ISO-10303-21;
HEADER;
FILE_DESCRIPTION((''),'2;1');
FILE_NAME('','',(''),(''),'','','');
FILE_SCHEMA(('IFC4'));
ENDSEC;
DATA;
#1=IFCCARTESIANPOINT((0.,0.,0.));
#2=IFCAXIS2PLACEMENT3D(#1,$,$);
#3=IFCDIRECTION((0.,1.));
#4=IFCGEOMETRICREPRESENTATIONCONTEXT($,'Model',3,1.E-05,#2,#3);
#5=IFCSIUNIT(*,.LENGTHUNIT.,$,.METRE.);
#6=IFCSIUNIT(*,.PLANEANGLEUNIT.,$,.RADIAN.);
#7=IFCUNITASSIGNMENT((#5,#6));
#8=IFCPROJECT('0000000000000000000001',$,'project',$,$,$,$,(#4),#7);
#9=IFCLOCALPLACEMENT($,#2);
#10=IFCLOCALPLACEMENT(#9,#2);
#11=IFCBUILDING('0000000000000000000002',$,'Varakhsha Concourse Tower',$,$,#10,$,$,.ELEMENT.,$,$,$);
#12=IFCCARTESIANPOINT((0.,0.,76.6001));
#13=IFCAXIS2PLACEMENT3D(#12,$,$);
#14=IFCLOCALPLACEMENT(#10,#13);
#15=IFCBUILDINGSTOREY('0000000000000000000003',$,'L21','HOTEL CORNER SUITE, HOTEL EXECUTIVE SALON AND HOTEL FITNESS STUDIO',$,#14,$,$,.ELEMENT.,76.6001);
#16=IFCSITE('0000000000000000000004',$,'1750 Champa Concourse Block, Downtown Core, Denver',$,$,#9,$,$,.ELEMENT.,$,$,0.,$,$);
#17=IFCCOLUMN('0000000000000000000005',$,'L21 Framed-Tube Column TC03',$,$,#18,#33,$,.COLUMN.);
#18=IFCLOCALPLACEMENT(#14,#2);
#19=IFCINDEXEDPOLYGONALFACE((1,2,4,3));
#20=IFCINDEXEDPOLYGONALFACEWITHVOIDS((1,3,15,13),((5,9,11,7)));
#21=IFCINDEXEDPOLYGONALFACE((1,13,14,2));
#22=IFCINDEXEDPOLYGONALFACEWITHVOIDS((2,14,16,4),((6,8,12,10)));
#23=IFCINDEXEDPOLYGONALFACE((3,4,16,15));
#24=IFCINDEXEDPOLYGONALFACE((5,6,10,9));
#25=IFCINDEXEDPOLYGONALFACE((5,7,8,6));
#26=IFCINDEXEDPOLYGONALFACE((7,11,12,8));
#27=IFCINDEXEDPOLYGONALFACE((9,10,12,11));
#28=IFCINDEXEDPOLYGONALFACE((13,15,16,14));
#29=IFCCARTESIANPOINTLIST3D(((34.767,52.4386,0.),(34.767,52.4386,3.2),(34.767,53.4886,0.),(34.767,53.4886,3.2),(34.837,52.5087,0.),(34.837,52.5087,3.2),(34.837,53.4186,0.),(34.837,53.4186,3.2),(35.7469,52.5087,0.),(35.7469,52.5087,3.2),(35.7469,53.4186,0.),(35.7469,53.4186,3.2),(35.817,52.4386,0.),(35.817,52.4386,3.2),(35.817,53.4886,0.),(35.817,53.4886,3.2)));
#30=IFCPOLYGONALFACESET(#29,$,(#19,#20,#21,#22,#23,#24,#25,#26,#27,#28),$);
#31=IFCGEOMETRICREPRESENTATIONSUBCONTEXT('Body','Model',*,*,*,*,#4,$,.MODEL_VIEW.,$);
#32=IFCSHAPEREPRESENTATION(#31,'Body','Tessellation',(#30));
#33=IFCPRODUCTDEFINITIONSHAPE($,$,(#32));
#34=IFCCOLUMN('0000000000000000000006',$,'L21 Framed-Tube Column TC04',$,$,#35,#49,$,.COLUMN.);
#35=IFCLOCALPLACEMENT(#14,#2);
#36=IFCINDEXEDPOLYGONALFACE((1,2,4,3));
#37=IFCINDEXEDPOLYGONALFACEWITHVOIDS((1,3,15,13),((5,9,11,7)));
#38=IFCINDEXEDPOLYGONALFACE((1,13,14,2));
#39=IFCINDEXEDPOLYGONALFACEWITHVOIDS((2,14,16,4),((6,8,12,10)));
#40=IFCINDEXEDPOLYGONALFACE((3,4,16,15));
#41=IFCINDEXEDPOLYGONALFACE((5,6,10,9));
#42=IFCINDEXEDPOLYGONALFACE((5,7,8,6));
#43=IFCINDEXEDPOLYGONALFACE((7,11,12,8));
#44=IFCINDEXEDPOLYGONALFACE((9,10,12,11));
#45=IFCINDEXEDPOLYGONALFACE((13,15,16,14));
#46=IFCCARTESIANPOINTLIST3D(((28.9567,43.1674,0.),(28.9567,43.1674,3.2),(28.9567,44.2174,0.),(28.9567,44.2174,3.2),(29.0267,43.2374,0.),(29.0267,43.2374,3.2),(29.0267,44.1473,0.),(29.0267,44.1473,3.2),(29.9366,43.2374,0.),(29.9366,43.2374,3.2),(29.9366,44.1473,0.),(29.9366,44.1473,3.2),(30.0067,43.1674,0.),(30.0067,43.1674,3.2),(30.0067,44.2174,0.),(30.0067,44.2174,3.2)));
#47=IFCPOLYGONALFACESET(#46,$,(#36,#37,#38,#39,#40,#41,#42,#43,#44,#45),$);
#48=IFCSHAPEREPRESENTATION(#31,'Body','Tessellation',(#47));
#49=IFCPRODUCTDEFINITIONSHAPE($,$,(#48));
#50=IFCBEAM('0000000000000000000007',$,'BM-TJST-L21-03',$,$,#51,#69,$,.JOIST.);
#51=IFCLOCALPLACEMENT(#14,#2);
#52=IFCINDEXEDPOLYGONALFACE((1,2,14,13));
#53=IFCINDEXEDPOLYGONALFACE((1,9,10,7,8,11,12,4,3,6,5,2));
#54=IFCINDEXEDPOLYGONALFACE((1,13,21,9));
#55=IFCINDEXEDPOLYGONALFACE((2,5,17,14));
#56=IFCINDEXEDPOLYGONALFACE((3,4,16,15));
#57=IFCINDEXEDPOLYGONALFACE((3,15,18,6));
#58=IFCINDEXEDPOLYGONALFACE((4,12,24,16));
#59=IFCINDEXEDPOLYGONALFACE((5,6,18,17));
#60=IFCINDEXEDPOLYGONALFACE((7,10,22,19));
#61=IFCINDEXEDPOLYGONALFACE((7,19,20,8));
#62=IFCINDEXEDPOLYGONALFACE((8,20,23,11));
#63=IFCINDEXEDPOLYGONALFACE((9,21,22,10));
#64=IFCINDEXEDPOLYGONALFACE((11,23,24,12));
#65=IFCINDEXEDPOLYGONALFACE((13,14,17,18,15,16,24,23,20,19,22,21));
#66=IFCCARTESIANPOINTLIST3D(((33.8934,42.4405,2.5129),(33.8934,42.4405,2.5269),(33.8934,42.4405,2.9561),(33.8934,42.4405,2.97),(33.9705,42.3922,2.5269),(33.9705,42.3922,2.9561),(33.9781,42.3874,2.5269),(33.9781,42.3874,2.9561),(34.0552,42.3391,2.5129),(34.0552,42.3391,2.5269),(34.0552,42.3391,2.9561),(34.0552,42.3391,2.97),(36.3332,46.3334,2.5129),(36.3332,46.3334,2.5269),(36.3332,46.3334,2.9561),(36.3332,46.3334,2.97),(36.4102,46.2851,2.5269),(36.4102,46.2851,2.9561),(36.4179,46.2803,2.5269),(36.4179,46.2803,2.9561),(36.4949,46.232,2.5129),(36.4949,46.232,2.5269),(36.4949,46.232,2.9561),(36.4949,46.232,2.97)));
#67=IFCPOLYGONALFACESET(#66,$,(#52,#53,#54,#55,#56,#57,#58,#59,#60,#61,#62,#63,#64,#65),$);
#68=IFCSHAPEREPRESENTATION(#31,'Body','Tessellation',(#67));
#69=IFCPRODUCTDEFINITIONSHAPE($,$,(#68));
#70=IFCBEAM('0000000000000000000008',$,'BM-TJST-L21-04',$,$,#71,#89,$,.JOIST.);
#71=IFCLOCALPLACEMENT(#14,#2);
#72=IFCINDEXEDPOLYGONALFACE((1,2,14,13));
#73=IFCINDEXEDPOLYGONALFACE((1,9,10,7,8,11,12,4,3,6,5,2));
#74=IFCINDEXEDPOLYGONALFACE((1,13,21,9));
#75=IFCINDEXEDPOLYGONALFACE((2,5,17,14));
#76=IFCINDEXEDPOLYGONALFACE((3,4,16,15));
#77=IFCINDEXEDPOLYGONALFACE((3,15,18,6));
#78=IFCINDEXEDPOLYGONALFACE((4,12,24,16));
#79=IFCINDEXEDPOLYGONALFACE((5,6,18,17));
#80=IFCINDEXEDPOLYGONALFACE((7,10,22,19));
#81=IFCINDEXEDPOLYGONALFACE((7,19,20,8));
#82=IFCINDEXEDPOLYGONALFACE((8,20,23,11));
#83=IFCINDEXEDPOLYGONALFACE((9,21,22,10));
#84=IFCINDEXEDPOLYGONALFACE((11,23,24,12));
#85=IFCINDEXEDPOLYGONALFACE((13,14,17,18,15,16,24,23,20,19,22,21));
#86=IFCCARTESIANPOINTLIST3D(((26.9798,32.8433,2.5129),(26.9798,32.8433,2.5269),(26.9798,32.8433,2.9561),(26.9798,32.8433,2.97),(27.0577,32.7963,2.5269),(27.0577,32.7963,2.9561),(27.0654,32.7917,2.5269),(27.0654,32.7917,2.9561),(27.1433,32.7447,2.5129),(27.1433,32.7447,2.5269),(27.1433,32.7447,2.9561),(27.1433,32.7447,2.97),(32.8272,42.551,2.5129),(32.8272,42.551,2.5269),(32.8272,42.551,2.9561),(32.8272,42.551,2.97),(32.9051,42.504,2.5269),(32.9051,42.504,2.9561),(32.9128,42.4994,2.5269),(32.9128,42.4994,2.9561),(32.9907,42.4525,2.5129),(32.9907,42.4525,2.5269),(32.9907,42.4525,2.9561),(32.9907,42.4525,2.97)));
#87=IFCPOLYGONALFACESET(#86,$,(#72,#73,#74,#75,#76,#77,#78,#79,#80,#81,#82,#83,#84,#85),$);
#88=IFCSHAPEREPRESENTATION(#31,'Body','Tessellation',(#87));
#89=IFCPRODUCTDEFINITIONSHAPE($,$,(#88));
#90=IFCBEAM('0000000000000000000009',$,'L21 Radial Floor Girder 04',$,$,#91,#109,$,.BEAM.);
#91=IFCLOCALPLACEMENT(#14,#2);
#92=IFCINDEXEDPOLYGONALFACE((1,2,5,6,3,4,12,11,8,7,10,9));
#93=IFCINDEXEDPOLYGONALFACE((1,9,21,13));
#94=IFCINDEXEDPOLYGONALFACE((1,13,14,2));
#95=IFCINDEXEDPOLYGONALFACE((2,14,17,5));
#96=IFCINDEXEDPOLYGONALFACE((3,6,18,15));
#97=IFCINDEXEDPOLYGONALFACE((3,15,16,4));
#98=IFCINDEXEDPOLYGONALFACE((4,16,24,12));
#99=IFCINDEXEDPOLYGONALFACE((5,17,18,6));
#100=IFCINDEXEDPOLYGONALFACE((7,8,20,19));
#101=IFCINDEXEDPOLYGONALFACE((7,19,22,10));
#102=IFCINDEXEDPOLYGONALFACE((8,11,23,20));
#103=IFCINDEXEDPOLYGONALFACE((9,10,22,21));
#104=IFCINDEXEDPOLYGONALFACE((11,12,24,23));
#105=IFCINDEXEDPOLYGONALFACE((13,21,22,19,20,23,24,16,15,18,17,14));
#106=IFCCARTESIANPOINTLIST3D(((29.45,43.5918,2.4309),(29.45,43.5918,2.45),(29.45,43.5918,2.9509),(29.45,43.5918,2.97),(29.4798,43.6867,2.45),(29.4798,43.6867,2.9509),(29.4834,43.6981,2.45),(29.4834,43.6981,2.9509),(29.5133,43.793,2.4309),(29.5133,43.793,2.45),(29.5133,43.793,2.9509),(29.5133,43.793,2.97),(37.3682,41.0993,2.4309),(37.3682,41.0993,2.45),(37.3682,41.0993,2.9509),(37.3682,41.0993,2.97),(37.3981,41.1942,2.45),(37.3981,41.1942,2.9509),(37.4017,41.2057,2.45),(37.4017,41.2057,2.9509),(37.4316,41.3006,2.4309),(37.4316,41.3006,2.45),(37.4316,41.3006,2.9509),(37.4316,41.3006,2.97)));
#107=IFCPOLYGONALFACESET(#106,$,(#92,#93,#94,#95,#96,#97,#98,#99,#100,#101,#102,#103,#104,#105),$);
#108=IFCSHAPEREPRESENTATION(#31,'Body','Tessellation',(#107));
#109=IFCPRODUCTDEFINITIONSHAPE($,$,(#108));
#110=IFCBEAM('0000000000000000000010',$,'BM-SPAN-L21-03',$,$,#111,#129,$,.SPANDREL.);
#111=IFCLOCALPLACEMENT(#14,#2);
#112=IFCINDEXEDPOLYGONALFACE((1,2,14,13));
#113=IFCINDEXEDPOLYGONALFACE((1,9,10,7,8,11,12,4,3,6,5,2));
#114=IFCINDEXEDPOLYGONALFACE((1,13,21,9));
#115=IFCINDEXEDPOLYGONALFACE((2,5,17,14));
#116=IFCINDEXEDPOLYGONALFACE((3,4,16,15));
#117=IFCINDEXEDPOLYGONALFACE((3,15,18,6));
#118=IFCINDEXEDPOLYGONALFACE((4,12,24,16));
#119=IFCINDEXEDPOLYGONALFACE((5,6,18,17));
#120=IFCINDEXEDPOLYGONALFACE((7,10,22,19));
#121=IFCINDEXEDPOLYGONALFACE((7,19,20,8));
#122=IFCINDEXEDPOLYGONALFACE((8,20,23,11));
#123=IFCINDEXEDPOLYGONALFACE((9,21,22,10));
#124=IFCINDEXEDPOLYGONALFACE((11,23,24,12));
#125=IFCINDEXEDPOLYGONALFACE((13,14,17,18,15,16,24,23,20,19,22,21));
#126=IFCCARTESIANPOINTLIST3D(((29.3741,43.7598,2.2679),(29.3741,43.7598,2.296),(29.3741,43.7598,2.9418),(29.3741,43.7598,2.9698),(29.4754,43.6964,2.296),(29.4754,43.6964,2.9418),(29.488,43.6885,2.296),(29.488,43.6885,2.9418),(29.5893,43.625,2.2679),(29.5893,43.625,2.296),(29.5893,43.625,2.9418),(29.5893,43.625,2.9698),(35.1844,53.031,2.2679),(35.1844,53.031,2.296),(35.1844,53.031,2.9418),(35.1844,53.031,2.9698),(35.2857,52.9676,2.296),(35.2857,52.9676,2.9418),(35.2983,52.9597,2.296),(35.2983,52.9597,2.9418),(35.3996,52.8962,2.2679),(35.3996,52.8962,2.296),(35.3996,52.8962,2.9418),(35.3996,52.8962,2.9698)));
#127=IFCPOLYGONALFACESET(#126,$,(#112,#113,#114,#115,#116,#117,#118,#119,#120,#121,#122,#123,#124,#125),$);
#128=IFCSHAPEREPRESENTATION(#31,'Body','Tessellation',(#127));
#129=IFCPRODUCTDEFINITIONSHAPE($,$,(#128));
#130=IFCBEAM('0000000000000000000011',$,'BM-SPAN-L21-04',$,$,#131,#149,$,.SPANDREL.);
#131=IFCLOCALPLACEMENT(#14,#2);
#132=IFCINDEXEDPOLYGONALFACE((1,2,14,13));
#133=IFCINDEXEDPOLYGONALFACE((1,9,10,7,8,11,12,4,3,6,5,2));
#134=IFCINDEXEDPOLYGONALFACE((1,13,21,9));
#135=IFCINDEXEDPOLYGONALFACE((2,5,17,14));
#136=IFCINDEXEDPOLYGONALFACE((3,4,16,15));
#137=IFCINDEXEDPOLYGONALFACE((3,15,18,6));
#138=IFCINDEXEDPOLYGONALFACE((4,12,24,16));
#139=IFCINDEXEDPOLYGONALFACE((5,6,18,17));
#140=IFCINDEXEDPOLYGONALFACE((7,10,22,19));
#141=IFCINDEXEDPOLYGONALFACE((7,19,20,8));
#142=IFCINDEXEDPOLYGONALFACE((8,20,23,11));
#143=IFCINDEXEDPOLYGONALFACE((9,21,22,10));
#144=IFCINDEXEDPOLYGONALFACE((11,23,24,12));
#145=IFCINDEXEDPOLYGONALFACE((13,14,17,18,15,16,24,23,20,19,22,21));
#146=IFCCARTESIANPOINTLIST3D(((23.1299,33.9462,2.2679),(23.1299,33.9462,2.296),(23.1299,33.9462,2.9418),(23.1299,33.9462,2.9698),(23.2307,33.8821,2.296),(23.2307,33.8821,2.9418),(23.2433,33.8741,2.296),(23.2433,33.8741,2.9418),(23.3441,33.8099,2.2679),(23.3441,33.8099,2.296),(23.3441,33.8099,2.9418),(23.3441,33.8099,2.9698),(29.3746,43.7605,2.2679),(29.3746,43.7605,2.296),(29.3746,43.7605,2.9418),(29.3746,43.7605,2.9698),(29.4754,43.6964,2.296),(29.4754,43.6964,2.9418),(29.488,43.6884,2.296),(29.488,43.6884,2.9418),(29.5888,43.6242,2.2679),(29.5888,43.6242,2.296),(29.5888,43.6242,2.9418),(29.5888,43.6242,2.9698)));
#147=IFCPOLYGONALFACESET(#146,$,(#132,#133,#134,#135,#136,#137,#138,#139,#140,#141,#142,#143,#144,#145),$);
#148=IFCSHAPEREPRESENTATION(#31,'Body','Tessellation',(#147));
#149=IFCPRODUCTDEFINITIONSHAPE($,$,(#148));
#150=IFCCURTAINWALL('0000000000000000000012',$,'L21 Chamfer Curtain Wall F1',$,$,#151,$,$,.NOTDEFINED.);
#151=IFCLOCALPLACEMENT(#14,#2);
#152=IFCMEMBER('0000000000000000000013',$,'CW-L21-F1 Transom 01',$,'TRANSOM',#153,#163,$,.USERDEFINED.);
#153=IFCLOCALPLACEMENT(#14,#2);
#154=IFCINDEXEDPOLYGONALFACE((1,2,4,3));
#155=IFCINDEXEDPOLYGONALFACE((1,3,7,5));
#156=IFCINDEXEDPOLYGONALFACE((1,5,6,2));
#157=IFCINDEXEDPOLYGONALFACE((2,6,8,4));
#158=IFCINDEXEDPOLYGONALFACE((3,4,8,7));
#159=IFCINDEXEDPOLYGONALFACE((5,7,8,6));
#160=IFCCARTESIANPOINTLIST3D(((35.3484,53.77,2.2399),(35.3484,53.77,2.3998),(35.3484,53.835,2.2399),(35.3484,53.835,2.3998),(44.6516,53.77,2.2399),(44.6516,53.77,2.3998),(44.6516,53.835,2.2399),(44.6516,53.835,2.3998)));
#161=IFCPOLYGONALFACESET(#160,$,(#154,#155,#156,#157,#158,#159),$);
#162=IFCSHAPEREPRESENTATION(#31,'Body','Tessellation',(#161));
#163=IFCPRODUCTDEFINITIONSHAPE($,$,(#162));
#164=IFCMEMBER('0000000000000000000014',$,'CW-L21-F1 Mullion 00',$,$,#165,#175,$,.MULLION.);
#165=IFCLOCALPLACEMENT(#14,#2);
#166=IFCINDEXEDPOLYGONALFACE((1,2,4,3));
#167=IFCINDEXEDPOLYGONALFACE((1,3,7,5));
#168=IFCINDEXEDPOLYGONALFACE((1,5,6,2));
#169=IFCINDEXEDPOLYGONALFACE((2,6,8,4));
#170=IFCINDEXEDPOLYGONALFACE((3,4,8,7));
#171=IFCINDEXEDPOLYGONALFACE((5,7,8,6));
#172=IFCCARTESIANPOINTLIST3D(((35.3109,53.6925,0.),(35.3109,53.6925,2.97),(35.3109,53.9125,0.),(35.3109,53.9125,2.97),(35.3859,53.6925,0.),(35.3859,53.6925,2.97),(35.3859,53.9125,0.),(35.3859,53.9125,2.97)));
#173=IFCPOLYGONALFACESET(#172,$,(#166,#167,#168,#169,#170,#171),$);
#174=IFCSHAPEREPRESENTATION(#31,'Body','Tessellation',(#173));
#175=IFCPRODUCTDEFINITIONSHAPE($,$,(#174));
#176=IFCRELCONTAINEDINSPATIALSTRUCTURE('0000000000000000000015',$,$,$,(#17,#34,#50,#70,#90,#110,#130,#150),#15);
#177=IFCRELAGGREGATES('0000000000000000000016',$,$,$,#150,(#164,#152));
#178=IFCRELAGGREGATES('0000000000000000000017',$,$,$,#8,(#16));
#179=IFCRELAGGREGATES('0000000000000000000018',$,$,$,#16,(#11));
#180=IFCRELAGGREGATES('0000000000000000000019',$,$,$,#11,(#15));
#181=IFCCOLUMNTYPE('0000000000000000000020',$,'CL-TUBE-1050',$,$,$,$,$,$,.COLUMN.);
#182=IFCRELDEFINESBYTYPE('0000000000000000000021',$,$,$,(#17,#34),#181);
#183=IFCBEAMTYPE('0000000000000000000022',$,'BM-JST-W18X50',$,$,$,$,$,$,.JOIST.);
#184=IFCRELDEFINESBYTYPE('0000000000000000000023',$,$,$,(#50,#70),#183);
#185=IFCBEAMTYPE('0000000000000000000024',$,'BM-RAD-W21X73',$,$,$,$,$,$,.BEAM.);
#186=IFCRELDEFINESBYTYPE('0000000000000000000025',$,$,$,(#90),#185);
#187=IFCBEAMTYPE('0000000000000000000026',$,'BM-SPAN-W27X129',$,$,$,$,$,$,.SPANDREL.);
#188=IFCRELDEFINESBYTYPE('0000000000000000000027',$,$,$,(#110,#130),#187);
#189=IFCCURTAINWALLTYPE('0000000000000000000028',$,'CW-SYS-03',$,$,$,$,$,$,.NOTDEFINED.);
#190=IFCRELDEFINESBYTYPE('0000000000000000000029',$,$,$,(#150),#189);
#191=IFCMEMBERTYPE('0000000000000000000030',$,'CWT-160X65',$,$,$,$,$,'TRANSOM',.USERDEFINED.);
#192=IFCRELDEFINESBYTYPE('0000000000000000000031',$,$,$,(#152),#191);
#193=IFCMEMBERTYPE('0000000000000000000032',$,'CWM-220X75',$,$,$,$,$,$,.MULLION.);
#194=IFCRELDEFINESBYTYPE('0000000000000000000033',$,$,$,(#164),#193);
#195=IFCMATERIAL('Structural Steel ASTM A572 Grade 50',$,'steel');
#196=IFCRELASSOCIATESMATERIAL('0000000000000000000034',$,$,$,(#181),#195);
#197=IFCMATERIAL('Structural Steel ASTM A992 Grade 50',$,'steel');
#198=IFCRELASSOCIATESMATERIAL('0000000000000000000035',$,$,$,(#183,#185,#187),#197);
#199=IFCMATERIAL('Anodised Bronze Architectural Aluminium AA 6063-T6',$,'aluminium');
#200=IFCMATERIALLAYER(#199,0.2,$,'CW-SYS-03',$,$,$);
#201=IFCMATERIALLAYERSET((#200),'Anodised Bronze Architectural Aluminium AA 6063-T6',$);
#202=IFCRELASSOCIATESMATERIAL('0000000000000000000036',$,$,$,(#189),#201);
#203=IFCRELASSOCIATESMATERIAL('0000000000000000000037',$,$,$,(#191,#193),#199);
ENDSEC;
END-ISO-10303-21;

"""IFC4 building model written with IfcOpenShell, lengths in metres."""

from ifc_helpers import new_model, si_unit, direction, frame, origin, origin_2d, place, context, subcontext, project, spatial, rectangle, hollow_rectangle, i_section, extrude, source, transform, mapped, material, layer, layer_set, material_profile, profile_set, type_object, type_shapes, element, aggregate, save


model = new_model("IFC4")

# Units and contexts
model_context = context("Model", 3, precision=1e-05, world=origin(), true_north=direction((0.0, 1.0)))
body_context = subcontext(model_context, "Body", "Model", "MODEL_VIEW")
ifc_project = project(units=[si_unit("LENGTHUNIT", "METRE"), si_unit("PLANEANGLEUNIT", "RADIAN")], contexts=[model_context])

# Site, building, storey
site_placement = place(None, origin())
site = spatial("IfcSite", under=ifc_project, at=site_placement, Name="1750 Champa Concourse Block, Downtown Core, Denver", CompositionType="ELEMENT", RefElevation=0.0)
building_placement = place(site_placement, origin())
building = spatial("IfcBuilding", under=site, at=building_placement, Name="Varakhsha Concourse Tower", CompositionType="ELEMENT")
storey_placement = place(building_placement, frame((0.0, 0.0, 76.6001)))
storey = spatial("IfcBuildingStorey", under=building, at=storey_placement, Name="L21", Description="HOTEL CORNER SUITE, HOTEL EXECUTIVE SALON AND HOTEL FITNESS STUDIO", CompositionType="ELEMENT", Elevation=76.6001)

# Columns
ifc_material_1 = material(Name="Structural Steel ASTM A572 Grade 50", Category="steel")
ifc_material_profile_1 = material_profile(ifc_material_1, hollow_rectangle(XDim=1.05, YDim=1.05, WallThickness=0.0701, at=origin_2d()), Name="BOX 1050x1050x70")
ifc_profile_set_1 = profile_set([ifc_material_profile_1], Name="Structural Steel ASTM A572 Grade 50")
column_type = type_object("IfcColumnType", Name="CL-TUBE-1050", PredefinedType="COLUMN", material=ifc_profile_set_1)
for number, where, z_axis, x_axis, name in (
    (1, (35.292, 52.9636, 0.0), (0.0, 0.0, 1.0), (1.0, 0.0, 0.0), "L21 Framed-Tube Column TC03"),
    (2, (29.4817, 43.6924, 0.0), (0.0, 0.0, 1.0), (1.0, 0.0, 0.0), "L21 Framed-Tube Column TC04"),
):
    element("IfcColumn", number, at=place(storey_placement, frame(where, z_axis=z_axis, x_axis=x_axis)), inside=storey, type_object=column_type, Name=name, PredefinedType="COLUMN", context=body_context, shape_type="SweptSolid", body=[
        extrude(hollow_rectangle(XDim=1.05, YDim=1.05, WallThickness=0.0701, at=origin_2d()), origin(), (0.0, 0.0, 1.0), 3.2),
    ])

# Beams
ifc_material_2 = material(Name="Structural Steel ASTM A992 Grade 50", Category="steel")
ifc_material_profile_2 = material_profile(ifc_material_2, i_section(OverallWidth=0.1909, OverallDepth=0.457, WebThickness=0.009, FlangeThickness=0.0139, at=origin_2d()), Name="W18X50")
ifc_profile_set_2 = profile_set([ifc_material_profile_2], Name="Structural Steel ASTM A992 Grade 50")
beam_type_1 = type_object("IfcBeamType", Name="BM-JST-W18X50", PredefinedType="JOIST", material=ifc_profile_set_2)
beam_1_placement = place(storey_placement, frame((36.4141, 46.2827, 2.7415), z_axis=(-0.531045, -0.847344, 0.0), x_axis=(0.847344, -0.531045, 0.0)))
element("IfcBeam", 3, at=beam_1_placement, inside=storey, type_object=beam_type_1, Name="BM-TJST-L21-03", PredefinedType="JOIST", context=body_context, shape_type="SweptSolid", body=[
    extrude(i_section(OverallWidth=0.1909, OverallDepth=0.457, WebThickness=0.009, FlangeThickness=0.0139, at=origin_2d()), origin(), (0.0, 0.0, 1.0), 4.5942),
])
beam_2_placement = place(storey_placement, frame((32.9089, 42.5017, 2.7415), z_axis=(-0.515971, -0.856606, 0.0), x_axis=(0.856606, -0.515971, 0.0)))
element("IfcBeam", 4, at=beam_2_placement, inside=storey, type_object=beam_type_1, Name="BM-TJST-L21-04", PredefinedType="JOIST", context=body_context, shape_type="SweptSolid", body=[
    extrude(i_section(OverallWidth=0.1909, OverallDepth=0.457, WebThickness=0.009, FlangeThickness=0.0139, at=origin_2d()), origin(), (0.0, 0.0, 1.0), 11.3328),
])
ifc_material_profile_3 = material_profile(ifc_material_2, i_section(OverallWidth=0.2109, OverallDepth=0.5391, WebThickness=0.012, FlangeThickness=0.019, at=origin_2d()), Name="W21X73")
ifc_profile_set_3 = profile_set([ifc_material_profile_3], Name="Structural Steel ASTM A992 Grade 50")
beam_type_2 = type_object("IfcBeamType", Name="BM-RAD-W21X73", PredefinedType="BEAM", material=ifc_profile_set_3)
beam_3_placement = place(storey_placement, frame((37.3999, 41.2, 2.7004), z_axis=(-0.953861, 0.300249, 0.0), x_axis=(-0.300249, -0.953861, 0.0)))
element("IfcBeam", 5, at=beam_3_placement, inside=storey, type_object=beam_type_2, Name="L21 Radial Floor Girder 04", PredefinedType="BEAM", context=body_context, shape_type="SweptSolid", body=[
    extrude(i_section(OverallWidth=0.2109, OverallDepth=0.5391, WebThickness=0.012, FlangeThickness=0.019, at=origin_2d()), origin(), (0.0, 0.0, 1.0), 8.3013),
])
ifc_material_profile_4 = material_profile(ifc_material_2, i_section(OverallWidth=0.2539, OverallDepth=0.7019, WebThickness=0.0149, FlangeThickness=0.0281, at=origin_2d()), Name="W27X129")
ifc_profile_set_4 = profile_set([ifc_material_profile_4], Name="Structural Steel ASTM A992 Grade 50")
beam_type_3 = type_object("IfcBeamType", Name="BM-SPAN-W27X129", PredefinedType="SPANDREL", material=ifc_profile_set_4)
beam_4_placement = place(storey_placement, frame((35.292, 52.9636, 2.6189), z_axis=(-0.531035, -0.84735, 0.0), x_axis=(0.84735, -0.531035, 0.0)))
element("IfcBeam", 6, at=beam_4_placement, inside=storey, type_object=beam_type_3, Name="BM-SPAN-L21-03", PredefinedType="SPANDREL", context=body_context, shape_type="SweptSolid", body=[
    extrude(i_section(OverallWidth=0.2539, OverallDepth=0.7019, WebThickness=0.0149, FlangeThickness=0.0281, at=origin_2d()), origin(), (0.0, 0.0, 1.0), 10.9414),
])
beam_5_placement = place(storey_placement, frame((29.4817, 43.6924, 2.6189), z_axis=(-0.536828, -0.843692, 0.0), x_axis=(0.843692, -0.536828, 0.0)))
element("IfcBeam", 7, at=beam_5_placement, inside=storey, type_object=beam_type_3, Name="BM-SPAN-L21-04", PredefinedType="SPANDREL", context=body_context, shape_type="SweptSolid", body=[
    extrude(i_section(OverallWidth=0.2539, OverallDepth=0.7019, WebThickness=0.0149, FlangeThickness=0.0281, at=origin_2d()), origin(), (0.0, 0.0, 1.0), 11.6326),
])

# Curtain wall, members
ifc_material_3 = material(Name="Anodised Bronze Architectural Aluminium AA 6063-T6", Category="aluminium")
ifc_layer_1 = layer(ifc_material_3, 0.2, Name="CW-SYS-03")
ifc_layer_set_1 = layer_set([ifc_layer_1], Name="Anodised Bronze Architectural Aluminium AA 6063-T6")
curtain_wall_type = type_object("IfcCurtainWallType", Name="CW-SYS-03", PredefinedType="NOTDEFINED", material=ifc_layer_set_1)
curtain_wall_1_placement = place(storey_placement, origin())
curtain_wall_1 = element("IfcCurtainWall", 8, at=curtain_wall_1_placement, inside=storey, type_object=curtain_wall_type, Name="L21 Chamfer Curtain Wall F1", PredefinedType="NOTDEFINED")
ifc_material_profile_5 = material_profile(ifc_material_3, rectangle(XDim=0.0649, YDim=0.1599, at=origin_2d()), Name="CWT-160X65")
ifc_profile_set_5 = profile_set([ifc_material_profile_5], Name="Anodised Bronze Architectural Aluminium AA 6063-T6")
member_type_1 = type_object("IfcMemberType", Name="CWT-160X65", ElementType="TRANSOM", PredefinedType="USERDEFINED", material=ifc_profile_set_5)
shared_shape_1 = source(origin(), body_context, "Body", "SweptSolid", [
    extrude(rectangle(XDim=0.0649, YDim=0.1599, at=origin_2d()), origin(), (0.0, 0.0, 1.0), 9.3032),
])
type_shapes(member_type_1, [shared_shape_1])
member_1_placement = place(storey_placement, frame((35.3484, 53.8025, 2.3198), z_axis=(1.0, 0.0, 0.0), x_axis=(0.0, 1.0, 0.0)))
member_1 = element("IfcMember", 9, at=member_1_placement, type_object=member_type_1, Name="CW-L21-F1 Transom 01", ObjectType="TRANSOM", PredefinedType="USERDEFINED", context=body_context, shape_type="MappedRepresentation", body=[
    mapped(shared_shape_1, transform((0.0, 0.0, 0.0), scale=1.0)),
])
ifc_material_profile_6 = material_profile(ifc_material_3, rectangle(XDim=0.075, YDim=0.22, at=origin_2d()), Name="CWM-220X75")
ifc_profile_set_6 = profile_set([ifc_material_profile_6], Name="Anodised Bronze Architectural Aluminium AA 6063-T6")
member_type_2 = type_object("IfcMemberType", Name="CWM-220X75", PredefinedType="MULLION", material=ifc_profile_set_6)
shared_shape_2 = source(origin(), body_context, "Body", "SweptSolid", [
    extrude(rectangle(XDim=0.075, YDim=0.22, at=origin_2d()), origin(), (0.0, 0.0, 1.0), 2.97),
])
type_shapes(member_type_2, [shared_shape_2])
member_2_placement = place(storey_placement, frame((35.3484, 53.8025, 0.0), z_axis=(0.0, 0.0, 1.0), x_axis=(1.0, 0.0, 0.0)))
member_2 = element("IfcMember", 10, at=member_2_placement, type_object=member_type_2, Name="CW-L21-F1 Mullion 00", PredefinedType="MULLION", context=body_context, shape_type="MappedRepresentation", body=[
    mapped(shared_shape_2, transform((0.0, 0.0, 0.0), scale=1.0)),
])
aggregate(curtain_wall_1, [member_2, member_1])

save(model, "model.ifc")
